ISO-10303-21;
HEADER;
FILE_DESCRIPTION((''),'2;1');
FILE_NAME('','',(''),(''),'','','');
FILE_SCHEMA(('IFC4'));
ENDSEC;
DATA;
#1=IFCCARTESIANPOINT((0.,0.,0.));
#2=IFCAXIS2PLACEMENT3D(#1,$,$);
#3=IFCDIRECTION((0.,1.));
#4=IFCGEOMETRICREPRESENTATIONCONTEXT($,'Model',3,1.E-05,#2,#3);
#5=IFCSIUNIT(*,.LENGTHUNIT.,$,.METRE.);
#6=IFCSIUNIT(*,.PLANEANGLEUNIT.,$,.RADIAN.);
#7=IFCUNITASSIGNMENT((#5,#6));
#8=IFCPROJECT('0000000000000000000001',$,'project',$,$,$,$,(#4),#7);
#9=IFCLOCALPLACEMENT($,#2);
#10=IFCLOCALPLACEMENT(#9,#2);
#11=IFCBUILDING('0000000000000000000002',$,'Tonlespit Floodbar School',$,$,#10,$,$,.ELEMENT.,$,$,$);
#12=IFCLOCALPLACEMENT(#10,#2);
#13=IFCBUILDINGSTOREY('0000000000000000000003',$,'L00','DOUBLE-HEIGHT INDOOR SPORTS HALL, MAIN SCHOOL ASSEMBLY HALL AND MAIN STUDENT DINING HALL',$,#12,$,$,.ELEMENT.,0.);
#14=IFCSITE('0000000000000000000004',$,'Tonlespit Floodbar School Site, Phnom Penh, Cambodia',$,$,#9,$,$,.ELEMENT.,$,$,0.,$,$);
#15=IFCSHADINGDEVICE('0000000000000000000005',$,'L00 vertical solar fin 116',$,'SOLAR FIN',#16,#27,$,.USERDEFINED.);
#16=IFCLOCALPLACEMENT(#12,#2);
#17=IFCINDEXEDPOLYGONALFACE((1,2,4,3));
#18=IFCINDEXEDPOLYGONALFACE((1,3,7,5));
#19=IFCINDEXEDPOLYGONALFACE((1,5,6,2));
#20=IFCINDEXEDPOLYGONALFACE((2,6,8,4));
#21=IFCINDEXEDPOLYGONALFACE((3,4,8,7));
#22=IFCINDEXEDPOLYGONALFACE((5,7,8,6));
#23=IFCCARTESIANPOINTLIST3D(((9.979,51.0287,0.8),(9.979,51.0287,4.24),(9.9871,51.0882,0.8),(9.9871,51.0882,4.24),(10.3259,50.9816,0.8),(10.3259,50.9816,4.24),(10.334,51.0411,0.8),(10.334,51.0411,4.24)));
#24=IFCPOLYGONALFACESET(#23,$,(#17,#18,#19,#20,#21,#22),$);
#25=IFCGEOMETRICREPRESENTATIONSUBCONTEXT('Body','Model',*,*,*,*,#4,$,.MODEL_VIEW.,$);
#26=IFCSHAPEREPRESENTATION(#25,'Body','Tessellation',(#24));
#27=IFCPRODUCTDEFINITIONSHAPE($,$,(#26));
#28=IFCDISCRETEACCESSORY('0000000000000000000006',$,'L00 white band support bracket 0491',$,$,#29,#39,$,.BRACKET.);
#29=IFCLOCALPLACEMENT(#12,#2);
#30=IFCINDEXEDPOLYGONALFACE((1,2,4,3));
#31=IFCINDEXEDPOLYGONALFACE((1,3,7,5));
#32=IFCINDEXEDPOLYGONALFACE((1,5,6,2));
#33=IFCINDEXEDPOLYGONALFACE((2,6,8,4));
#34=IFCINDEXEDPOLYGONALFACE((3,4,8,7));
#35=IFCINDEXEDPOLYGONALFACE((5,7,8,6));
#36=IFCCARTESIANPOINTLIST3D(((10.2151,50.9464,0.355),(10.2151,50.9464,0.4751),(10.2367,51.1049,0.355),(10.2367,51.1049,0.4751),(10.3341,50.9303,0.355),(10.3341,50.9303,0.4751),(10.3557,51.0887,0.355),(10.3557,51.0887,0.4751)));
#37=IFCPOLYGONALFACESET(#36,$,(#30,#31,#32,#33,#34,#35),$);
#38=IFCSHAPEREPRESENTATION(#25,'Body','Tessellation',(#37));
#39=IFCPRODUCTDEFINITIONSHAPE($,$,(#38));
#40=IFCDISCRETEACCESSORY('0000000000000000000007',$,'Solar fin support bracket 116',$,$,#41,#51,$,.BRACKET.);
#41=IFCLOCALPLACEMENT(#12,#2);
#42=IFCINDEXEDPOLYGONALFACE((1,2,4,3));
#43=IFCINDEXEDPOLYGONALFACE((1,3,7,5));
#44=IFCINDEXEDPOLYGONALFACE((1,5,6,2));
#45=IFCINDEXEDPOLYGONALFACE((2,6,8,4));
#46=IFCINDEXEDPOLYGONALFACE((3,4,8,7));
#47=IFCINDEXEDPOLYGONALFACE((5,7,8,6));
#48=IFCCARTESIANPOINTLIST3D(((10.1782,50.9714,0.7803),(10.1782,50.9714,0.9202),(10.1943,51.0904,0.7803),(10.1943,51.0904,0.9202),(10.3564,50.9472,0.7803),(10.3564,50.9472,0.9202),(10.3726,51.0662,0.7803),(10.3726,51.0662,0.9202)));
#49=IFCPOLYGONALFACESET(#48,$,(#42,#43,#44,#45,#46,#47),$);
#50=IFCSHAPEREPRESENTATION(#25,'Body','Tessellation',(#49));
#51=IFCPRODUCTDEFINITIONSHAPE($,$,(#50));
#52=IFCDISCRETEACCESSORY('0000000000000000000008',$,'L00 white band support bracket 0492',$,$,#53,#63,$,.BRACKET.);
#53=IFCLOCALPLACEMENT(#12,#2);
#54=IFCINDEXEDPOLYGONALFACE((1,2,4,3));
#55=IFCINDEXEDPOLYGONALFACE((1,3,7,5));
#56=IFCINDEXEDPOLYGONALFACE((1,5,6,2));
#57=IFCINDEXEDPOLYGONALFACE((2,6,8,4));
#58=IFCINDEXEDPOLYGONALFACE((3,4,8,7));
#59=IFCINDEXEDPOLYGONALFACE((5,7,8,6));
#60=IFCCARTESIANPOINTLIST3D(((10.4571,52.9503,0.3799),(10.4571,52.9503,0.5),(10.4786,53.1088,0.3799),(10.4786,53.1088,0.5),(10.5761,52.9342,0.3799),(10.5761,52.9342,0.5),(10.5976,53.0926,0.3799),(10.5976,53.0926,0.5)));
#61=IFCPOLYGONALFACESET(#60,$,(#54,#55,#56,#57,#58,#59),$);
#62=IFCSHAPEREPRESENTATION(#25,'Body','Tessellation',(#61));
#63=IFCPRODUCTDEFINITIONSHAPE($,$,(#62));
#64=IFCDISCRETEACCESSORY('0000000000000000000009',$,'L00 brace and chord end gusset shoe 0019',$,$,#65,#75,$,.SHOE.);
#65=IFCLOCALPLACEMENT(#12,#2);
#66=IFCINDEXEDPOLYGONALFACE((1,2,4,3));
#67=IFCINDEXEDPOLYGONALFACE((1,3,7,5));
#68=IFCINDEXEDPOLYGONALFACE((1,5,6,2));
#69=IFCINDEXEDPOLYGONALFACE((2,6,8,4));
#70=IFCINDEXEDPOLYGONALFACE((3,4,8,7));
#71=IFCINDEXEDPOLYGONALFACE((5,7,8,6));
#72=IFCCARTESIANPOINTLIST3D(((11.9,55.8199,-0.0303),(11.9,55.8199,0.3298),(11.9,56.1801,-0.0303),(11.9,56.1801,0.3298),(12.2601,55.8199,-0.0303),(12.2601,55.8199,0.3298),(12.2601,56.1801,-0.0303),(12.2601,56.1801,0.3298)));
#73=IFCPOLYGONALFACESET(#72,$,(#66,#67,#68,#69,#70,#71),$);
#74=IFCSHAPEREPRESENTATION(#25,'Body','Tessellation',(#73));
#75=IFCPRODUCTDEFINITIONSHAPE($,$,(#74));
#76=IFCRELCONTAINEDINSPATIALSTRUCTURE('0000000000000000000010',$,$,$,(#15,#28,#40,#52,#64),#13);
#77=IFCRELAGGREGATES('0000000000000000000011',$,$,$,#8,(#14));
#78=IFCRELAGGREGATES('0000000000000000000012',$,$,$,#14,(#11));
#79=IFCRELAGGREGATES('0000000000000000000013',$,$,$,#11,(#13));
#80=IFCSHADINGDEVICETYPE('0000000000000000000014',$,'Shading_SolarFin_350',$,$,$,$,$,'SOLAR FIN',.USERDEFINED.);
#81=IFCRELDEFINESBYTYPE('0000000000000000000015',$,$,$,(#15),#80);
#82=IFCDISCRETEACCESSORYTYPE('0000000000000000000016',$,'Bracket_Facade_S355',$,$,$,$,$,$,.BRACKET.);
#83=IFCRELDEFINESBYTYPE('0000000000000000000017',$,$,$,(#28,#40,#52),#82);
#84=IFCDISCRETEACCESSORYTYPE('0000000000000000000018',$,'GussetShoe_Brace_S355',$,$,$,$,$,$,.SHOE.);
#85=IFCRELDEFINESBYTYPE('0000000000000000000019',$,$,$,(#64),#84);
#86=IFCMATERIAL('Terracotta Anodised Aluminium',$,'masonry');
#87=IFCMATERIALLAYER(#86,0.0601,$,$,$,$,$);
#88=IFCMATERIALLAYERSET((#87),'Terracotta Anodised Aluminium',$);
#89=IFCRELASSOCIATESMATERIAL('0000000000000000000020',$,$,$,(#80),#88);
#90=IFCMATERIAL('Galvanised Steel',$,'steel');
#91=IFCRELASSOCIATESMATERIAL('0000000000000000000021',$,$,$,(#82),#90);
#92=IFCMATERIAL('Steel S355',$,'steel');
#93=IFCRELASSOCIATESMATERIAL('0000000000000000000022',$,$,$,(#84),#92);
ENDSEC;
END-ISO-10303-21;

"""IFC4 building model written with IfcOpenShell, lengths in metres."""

from ifc_helpers import new_model, si_unit, direction, frame, origin, origin_2d, place, context, subcontext, project, spatial, rectangle, extrude, material, layer, layer_set, type_object, element, save


model = new_model("IFC4")

# Units and contexts
model_context = context("Model", 3, precision=1e-05, world=origin(), true_north=direction((0.0, 1.0)))
body_context = subcontext(model_context, "Body", "Model", "MODEL_VIEW")
ifc_project = project(units=[si_unit("LENGTHUNIT", "METRE"), si_unit("PLANEANGLEUNIT", "RADIAN")], contexts=[model_context])

# Site, building, storey
site_placement = place(None, origin())
site = spatial("IfcSite", under=ifc_project, at=site_placement, Name="Tonlespit Floodbar School Site, Phnom Penh, Cambodia", CompositionType="ELEMENT", RefElevation=0.0)
building_placement = place(site_placement, origin())
building = spatial("IfcBuilding", under=site, at=building_placement, Name="Tonlespit Floodbar School", CompositionType="ELEMENT")
storey_placement = place(building_placement, origin())
storey = spatial("IfcBuildingStorey", under=building, at=storey_placement, Name="L00", Description="DOUBLE-HEIGHT INDOOR SPORTS HALL, MAIN SCHOOL ASSEMBLY HALL AND MAIN STUDENT DINING HALL", CompositionType="ELEMENT", Elevation=0.0)

# Shared definitions
ifc_material_1 = material(Name="Steel S355", Category="steel")

# Shading device
ifc_material_2 = material(Name="Terracotta Anodised Aluminium", Category="masonry")
ifc_layer_1 = layer(ifc_material_2, 0.0601)
ifc_layer_set_1 = layer_set([ifc_layer_1], Name="Terracotta Anodised Aluminium")
shading_device_type = type_object("IfcShadingDeviceType", Name="Shading_SolarFin_350", ElementType="SOLAR FIN", PredefinedType="USERDEFINED", material=ifc_layer_set_1)
shading_device_placement = place(storey_placement, frame((10.1565, 51.0349, 0.8), z_axis=(0.0, 0.0, 1.0), x_axis=(0.134662, 0.990892, 0.0)))
element("IfcShadingDevice", 1, at=shading_device_placement, inside=storey, type_object=shading_device_type, Name="L00 vertical solar fin 116", ObjectType="SOLAR FIN", PredefinedType="USERDEFINED", context=body_context, shape_type="SweptSolid", body=[
    extrude(rectangle(XDim=0.0601, YDim=0.3501, at=origin_2d()), origin(), (0.0, 0.0, 1.0), 3.4399),
])

# Discrete accessories
ifc_material_3 = material(Name="Galvanised Steel", Category="steel")
discrete_accessory_type_1 = type_object("IfcDiscreteAccessoryType", Name="Bracket_Facade_S355", PredefinedType="BRACKET", material=ifc_material_3)
discrete_accessory_1_placement = place(storey_placement, frame((10.2854, 51.0176, 0.355), z_axis=(0.0, 0.0, 1.0), x_axis=(0.134662, 0.990892, 0.0)))
element("IfcDiscreteAccessory", 2, at=discrete_accessory_1_placement, inside=storey, type_object=discrete_accessory_type_1, Name="L00 white band support bracket 0491", PredefinedType="BRACKET", context=body_context, shape_type="SweptSolid", body=[
    extrude(rectangle(XDim=0.1599, YDim=0.1201, at=origin_2d()), origin(), (0.0, 0.0, 1.0), 0.1201),
])
discrete_accessory_2_placement = place(storey_placement, frame((10.2754, 51.0188, 0.7803), z_axis=(0.0, 0.0, 1.0), x_axis=(0.134662, 0.990892, 0.0)))
element("IfcDiscreteAccessory", 3, at=discrete_accessory_2_placement, inside=storey, type_object=discrete_accessory_type_1, Name="Solar fin support bracket 116", PredefinedType="BRACKET", context=body_context, shape_type="SweptSolid", body=[
    extrude(rectangle(XDim=0.1201, YDim=0.1799, at=origin_2d()), origin(), (0.0, 0.0, 1.0), 0.1399),
])
discrete_accessory_3_placement = place(storey_placement, frame((10.5273, 53.0215, 0.3799), z_axis=(0.0, 0.0, 1.0), x_axis=(0.134662, 0.990892, 0.0)))
element("IfcDiscreteAccessory", 4, at=discrete_accessory_3_placement, inside=storey, type_object=discrete_accessory_type_1, Name="L00 white band support bracket 0492", PredefinedType="BRACKET", context=body_context, shape_type="SweptSolid", body=[
    extrude(rectangle(XDim=0.1599, YDim=0.1201, at=origin_2d()), origin(), (0.0, 0.0, 1.0), 0.1201),
])
discrete_accessory_type_2 = type_object("IfcDiscreteAccessoryType", Name="GussetShoe_Brace_S355", PredefinedType="SHOE", material=ifc_material_1)
discrete_accessory_4_placement = place(storey_placement, frame((12.0801, 56.0, -0.0303), z_axis=(0.0, 0.0, 1.0), x_axis=(1.0, 0.0, 0.0)))
element("IfcDiscreteAccessory", 5, at=discrete_accessory_4_placement, inside=storey, type_object=discrete_accessory_type_2, Name="L00 brace and chord end gusset shoe 0019", PredefinedType="SHOE", context=body_context, shape_type="SweptSolid", body=[
    extrude(rectangle(XDim=0.3601, YDim=0.3601, at=origin_2d()), origin(), (0.0, 0.0, 1.0), 0.3601),
])

save(model, "model.ifc")
